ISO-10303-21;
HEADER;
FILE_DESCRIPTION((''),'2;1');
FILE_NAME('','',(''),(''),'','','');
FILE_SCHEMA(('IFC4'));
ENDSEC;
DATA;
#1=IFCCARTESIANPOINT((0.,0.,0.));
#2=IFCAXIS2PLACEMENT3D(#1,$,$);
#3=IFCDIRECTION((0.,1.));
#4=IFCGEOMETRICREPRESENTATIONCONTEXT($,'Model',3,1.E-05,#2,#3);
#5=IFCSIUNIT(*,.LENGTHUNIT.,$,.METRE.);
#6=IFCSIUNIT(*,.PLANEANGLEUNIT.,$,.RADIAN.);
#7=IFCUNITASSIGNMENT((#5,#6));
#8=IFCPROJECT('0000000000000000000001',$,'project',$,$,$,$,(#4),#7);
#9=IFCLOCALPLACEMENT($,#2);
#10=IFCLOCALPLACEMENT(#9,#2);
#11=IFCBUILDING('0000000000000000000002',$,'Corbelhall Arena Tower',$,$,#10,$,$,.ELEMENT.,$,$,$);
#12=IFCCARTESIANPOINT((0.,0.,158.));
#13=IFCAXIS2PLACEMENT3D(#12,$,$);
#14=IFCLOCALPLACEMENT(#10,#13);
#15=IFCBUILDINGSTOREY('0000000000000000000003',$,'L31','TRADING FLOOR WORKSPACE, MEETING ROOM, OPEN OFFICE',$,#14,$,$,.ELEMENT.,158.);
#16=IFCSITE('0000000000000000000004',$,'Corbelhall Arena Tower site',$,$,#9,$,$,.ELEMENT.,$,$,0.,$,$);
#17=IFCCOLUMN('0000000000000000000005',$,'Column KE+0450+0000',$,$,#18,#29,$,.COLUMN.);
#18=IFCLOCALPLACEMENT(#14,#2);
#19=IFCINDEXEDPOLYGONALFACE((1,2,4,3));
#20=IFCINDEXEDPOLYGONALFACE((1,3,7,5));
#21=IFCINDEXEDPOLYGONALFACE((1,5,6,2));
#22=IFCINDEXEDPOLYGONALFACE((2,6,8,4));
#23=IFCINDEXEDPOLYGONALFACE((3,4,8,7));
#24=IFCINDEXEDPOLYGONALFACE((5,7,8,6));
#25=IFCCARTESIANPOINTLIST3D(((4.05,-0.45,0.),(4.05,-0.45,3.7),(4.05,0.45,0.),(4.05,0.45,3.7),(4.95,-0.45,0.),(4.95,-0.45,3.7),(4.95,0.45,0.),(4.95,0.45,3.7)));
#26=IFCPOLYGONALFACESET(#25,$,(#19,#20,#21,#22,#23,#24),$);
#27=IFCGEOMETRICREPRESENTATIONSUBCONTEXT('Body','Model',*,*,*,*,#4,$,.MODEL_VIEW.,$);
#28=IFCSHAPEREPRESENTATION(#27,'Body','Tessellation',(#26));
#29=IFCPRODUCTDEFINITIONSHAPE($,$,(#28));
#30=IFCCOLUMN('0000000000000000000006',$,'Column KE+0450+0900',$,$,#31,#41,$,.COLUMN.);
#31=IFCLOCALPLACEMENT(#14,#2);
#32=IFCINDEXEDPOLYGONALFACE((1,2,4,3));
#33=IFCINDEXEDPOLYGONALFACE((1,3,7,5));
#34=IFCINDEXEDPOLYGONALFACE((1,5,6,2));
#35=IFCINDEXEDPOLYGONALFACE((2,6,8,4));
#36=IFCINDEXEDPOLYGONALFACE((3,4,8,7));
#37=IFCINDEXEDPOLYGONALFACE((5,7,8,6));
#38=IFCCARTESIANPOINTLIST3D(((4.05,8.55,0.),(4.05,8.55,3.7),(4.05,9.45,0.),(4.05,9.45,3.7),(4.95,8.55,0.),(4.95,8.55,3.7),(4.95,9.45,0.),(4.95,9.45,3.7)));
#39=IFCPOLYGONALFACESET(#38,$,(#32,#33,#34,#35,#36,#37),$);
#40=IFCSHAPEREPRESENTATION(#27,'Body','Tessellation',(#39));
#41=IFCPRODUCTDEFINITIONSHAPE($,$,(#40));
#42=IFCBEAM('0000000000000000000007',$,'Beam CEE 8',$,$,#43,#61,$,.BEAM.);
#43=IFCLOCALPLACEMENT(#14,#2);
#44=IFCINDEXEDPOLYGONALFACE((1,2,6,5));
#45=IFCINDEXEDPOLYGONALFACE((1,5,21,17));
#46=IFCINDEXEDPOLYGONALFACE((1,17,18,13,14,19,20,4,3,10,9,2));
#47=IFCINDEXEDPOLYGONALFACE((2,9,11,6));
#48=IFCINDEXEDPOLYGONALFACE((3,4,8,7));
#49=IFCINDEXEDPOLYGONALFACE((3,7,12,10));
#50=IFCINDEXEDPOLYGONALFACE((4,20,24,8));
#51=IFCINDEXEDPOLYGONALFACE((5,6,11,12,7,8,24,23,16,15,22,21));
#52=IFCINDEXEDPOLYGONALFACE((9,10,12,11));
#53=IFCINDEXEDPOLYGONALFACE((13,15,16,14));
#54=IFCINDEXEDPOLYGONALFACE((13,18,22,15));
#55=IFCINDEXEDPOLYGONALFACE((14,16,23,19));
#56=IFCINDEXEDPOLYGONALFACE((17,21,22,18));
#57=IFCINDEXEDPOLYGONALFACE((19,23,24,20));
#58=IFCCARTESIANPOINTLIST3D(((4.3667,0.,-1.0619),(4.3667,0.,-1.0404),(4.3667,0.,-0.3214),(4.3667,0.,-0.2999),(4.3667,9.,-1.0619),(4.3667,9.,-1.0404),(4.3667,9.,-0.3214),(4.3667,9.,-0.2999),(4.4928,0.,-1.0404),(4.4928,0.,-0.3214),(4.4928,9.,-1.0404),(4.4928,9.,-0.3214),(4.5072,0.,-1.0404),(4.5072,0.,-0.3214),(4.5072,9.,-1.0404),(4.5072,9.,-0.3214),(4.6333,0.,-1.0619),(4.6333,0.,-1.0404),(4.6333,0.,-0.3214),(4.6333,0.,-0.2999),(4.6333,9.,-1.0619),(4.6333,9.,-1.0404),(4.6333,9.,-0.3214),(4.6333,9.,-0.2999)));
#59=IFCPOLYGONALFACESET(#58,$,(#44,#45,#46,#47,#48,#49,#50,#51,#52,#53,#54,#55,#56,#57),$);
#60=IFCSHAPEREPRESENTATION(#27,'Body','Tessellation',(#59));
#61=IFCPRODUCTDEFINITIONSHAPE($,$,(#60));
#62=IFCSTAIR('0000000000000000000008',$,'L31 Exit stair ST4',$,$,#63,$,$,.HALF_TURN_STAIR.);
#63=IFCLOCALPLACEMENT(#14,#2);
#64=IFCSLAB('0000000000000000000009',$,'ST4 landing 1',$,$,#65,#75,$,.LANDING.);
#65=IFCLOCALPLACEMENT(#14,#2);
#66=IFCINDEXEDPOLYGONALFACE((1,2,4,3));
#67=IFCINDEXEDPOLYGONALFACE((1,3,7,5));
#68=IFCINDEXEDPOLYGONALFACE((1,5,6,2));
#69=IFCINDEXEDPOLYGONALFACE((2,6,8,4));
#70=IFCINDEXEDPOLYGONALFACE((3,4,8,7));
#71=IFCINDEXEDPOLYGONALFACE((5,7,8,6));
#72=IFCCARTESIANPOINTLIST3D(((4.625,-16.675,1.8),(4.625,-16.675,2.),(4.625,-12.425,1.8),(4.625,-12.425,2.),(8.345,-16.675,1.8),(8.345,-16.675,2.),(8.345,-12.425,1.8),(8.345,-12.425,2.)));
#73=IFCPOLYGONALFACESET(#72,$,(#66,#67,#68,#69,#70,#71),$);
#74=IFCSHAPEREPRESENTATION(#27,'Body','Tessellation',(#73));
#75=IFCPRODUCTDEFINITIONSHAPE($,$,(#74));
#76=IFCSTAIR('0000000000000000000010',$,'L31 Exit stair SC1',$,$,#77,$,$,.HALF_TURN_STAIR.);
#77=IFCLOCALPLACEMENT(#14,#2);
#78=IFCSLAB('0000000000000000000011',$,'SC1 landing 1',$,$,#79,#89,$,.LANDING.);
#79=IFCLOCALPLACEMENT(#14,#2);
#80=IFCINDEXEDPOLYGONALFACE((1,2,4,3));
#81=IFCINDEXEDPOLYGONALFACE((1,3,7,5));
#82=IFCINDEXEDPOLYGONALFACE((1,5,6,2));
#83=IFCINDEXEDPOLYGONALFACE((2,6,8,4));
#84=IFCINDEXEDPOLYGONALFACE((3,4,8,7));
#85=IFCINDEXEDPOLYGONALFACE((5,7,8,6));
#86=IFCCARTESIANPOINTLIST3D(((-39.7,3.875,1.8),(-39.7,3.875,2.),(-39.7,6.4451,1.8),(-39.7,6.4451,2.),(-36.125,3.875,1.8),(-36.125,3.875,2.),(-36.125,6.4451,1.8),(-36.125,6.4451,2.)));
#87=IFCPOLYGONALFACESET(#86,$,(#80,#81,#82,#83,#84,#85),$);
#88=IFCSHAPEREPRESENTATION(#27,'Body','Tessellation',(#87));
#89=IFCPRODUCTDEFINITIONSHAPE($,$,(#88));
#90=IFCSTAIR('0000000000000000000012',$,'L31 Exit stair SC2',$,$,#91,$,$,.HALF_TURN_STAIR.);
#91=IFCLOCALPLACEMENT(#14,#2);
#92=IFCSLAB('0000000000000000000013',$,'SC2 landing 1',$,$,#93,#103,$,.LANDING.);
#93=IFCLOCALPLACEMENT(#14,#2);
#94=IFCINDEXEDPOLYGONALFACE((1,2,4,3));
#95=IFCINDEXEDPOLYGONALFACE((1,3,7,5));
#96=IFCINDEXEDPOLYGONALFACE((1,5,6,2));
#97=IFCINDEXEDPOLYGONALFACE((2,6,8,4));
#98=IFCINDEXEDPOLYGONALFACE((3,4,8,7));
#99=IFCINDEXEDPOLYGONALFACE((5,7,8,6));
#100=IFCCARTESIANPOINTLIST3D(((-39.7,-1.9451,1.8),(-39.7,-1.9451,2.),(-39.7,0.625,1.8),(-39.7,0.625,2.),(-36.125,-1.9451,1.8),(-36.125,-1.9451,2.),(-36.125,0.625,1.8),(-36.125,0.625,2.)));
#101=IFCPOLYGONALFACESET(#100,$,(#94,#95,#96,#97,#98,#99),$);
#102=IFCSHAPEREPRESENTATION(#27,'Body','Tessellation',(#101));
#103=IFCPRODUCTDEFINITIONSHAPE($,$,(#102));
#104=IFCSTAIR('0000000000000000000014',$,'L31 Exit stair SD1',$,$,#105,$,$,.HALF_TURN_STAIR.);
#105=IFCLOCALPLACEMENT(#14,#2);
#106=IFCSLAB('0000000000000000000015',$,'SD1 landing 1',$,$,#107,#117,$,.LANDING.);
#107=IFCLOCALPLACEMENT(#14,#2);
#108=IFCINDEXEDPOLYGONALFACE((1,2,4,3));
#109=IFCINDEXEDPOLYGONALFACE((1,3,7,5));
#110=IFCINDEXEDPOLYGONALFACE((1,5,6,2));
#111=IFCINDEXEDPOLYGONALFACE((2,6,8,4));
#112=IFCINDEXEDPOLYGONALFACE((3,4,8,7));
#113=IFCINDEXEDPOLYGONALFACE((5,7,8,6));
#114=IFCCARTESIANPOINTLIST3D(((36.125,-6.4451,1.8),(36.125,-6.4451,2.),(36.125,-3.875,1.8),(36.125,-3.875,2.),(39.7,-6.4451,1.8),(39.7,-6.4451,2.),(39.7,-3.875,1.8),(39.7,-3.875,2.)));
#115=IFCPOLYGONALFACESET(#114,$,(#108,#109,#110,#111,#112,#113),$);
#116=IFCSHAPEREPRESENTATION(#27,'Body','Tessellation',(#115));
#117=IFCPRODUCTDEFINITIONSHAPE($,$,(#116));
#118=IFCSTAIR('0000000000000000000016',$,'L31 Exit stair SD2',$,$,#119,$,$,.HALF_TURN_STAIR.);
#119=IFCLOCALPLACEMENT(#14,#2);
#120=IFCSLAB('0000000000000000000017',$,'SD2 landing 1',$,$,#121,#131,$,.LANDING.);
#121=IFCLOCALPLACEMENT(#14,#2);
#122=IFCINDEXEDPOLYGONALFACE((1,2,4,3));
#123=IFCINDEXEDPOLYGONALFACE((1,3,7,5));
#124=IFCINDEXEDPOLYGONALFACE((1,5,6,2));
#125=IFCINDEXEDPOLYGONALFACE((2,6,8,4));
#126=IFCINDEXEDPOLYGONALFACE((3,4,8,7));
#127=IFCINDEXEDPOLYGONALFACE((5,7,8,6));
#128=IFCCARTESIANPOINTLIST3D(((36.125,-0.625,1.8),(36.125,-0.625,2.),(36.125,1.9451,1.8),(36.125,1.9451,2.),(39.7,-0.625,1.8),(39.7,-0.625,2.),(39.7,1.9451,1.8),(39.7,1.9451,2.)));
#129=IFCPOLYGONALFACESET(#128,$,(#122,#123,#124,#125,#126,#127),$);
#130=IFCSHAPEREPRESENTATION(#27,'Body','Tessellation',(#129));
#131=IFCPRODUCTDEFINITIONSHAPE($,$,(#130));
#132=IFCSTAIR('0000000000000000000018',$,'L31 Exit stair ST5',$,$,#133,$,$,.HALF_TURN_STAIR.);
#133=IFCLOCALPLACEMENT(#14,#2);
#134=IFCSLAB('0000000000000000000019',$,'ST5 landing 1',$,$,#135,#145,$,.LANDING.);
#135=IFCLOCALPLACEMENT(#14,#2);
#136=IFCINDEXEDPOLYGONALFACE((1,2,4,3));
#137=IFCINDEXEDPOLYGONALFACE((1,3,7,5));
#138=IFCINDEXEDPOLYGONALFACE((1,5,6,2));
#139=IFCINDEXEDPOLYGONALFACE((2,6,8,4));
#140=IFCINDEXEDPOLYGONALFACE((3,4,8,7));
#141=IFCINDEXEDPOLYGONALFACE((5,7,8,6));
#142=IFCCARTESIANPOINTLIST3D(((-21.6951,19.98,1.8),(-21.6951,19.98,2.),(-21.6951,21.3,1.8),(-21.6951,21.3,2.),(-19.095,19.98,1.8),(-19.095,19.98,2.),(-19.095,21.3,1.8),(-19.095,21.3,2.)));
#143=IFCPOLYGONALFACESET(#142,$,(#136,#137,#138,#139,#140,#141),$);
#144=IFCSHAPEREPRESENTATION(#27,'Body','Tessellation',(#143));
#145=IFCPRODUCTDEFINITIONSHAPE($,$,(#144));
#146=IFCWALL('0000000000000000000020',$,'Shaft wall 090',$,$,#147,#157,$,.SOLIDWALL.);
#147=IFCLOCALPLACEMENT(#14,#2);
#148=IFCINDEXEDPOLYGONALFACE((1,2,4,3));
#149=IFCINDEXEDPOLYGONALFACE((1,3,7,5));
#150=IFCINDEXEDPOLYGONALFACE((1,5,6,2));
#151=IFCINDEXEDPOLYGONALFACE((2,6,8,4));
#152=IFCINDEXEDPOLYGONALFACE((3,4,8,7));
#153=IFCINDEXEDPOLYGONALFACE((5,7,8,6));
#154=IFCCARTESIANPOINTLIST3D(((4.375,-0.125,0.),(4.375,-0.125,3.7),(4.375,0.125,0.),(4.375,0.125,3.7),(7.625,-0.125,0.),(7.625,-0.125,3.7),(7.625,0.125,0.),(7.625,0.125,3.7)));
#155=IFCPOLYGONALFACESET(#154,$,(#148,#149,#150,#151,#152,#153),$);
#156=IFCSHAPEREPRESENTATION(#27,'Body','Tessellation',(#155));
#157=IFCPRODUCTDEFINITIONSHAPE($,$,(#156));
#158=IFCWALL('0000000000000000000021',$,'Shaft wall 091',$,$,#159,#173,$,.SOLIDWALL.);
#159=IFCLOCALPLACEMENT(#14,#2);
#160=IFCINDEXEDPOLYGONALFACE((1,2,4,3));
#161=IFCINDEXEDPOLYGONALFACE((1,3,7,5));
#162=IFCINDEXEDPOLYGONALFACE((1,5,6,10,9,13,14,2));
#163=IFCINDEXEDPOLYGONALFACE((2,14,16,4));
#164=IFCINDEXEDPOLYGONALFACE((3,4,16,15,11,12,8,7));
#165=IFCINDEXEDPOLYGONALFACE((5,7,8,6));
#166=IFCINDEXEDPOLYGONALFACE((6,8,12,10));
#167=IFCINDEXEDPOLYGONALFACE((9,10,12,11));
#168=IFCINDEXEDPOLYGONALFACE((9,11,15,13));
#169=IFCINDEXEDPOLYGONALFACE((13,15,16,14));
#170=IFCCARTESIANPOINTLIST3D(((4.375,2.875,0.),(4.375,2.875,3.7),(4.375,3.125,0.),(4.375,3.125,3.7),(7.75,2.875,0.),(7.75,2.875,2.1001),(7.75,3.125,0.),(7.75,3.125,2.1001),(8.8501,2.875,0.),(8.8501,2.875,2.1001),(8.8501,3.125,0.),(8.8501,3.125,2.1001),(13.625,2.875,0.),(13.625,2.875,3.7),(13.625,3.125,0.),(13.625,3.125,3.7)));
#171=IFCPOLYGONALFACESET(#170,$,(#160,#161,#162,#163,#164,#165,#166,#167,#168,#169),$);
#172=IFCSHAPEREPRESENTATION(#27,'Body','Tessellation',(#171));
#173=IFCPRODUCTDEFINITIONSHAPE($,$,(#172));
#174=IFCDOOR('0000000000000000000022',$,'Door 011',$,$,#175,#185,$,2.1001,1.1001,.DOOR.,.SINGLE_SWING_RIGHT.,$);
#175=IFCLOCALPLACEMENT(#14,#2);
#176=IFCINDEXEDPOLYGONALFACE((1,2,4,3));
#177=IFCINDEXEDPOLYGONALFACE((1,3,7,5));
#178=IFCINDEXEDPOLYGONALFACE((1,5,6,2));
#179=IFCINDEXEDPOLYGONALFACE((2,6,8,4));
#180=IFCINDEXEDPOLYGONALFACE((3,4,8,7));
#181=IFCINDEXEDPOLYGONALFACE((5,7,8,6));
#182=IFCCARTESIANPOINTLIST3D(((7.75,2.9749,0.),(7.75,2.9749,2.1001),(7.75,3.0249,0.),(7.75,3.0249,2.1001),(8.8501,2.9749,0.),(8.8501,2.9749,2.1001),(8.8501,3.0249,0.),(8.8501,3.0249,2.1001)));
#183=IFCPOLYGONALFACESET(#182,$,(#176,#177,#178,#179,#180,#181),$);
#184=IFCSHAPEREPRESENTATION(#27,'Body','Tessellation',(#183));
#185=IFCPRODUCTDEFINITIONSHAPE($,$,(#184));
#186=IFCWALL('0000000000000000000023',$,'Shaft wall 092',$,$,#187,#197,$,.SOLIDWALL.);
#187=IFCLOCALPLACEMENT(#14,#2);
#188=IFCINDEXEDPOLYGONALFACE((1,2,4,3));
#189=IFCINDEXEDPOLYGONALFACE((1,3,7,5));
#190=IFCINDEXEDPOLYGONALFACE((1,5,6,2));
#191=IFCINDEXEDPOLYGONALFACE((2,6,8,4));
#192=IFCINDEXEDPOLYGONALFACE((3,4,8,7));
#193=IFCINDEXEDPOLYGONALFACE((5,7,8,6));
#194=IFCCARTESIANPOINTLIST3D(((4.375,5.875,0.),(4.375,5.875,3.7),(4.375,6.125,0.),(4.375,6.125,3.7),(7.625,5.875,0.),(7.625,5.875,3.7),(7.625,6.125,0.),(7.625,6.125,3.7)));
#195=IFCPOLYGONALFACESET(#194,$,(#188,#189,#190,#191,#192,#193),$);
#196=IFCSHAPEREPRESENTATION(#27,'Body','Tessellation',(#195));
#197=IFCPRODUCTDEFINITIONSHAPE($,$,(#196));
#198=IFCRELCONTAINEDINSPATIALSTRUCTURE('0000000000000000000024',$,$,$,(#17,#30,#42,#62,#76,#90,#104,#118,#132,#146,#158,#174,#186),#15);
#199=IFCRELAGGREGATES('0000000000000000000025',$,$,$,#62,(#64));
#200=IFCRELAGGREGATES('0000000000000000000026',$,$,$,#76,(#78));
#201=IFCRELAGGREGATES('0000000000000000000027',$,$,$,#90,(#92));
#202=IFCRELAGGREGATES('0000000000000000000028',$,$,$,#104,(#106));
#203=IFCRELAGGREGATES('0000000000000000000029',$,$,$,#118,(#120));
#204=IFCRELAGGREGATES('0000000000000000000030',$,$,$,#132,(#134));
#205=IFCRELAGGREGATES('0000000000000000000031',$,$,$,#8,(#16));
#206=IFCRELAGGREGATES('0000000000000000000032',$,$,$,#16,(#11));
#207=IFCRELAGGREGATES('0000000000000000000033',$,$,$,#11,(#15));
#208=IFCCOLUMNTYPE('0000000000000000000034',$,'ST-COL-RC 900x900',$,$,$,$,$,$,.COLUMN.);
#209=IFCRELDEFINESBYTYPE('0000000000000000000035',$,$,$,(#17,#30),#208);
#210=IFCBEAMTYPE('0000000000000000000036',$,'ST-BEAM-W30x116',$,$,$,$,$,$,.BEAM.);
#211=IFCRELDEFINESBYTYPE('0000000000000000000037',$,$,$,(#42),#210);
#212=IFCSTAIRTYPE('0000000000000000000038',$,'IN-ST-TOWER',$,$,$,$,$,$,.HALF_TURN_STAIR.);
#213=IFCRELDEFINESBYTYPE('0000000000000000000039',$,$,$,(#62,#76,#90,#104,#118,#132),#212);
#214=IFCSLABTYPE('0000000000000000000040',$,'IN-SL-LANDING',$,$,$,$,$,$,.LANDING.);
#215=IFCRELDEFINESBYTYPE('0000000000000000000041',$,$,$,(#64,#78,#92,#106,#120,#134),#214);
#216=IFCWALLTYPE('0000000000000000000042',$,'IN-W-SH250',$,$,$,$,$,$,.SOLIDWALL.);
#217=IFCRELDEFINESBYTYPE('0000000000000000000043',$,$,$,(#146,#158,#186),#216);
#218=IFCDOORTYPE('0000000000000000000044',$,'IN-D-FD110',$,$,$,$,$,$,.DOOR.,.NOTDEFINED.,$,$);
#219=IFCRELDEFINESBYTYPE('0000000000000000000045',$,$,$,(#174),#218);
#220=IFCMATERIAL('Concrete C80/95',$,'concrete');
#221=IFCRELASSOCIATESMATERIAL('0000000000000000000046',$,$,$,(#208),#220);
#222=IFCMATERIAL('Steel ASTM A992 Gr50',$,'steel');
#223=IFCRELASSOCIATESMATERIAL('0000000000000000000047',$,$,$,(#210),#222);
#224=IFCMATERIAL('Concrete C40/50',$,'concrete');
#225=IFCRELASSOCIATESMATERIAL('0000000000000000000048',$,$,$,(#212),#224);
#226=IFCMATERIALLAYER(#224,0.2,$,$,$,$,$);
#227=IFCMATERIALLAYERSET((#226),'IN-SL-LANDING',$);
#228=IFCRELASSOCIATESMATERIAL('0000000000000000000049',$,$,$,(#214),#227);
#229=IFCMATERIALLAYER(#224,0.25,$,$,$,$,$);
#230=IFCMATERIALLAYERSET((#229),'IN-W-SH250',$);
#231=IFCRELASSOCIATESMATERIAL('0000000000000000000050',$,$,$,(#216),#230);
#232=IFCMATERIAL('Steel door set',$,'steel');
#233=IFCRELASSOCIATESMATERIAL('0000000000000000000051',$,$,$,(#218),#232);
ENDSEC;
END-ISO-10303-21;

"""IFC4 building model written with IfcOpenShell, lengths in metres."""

from ifc_helpers import new_model, si_unit, direction, frame, frame_2d, origin, origin_2d, place, context, subcontext, project, spatial, polyline, rectangle, i_section, outline, extrude, material, layer, layer_set, material_profile, profile_set, type_object, element, fill, aggregate, save


model = new_model("IFC4")

# Units and contexts
model_context = context("Model", 3, precision=1e-05, world=origin(), true_north=direction((0.0, 1.0)))
body_context = subcontext(model_context, "Body", "Model", "MODEL_VIEW")
ifc_project = project(units=[si_unit("LENGTHUNIT", "METRE"), si_unit("PLANEANGLEUNIT", "RADIAN")], contexts=[model_context])

# Site, building, storey
site_placement = place(None, origin())
site = spatial("IfcSite", under=ifc_project, at=site_placement, Name="Corbelhall Arena Tower site", CompositionType="ELEMENT", RefElevation=0.0)
building_placement = place(site_placement, origin())
building = spatial("IfcBuilding", under=site, at=building_placement, Name="Corbelhall Arena Tower", CompositionType="ELEMENT")
storey_placement = place(building_placement, frame((0.0, 0.0, 158.0)))
storey = spatial("IfcBuildingStorey", under=building, at=storey_placement, Name="L31", Description="TRADING FLOOR WORKSPACE, MEETING ROOM, OPEN OFFICE", CompositionType="ELEMENT", Elevation=158.0)

# Columns
ifc_material_1 = material(Name="Concrete C80/95", Category="concrete")
ifc_material_profile_1 = material_profile(ifc_material_1, rectangle(XDim=0.8999, YDim=0.8999, at=origin_2d()))
ifc_profile_set_1 = profile_set([ifc_material_profile_1], Name="Concrete C80/95")
column_type = type_object("IfcColumnType", Name="ST-COL-RC 900x900", PredefinedType="COLUMN", material=ifc_profile_set_1)
for number, where, z_axis, x_axis, name in (
    (1, (4.5, 0.0, 0.0), (0.0, 0.0, 1.0), (1.0, 0.0, 0.0), "Column KE+0450+0000"),
    (2, (4.5, 9.0, 0.0), (0.0, 0.0, 1.0), (1.0, 0.0, 0.0), "Column KE+0450+0900"),
):
    element("IfcColumn", number, at=place(storey_placement, frame(where, z_axis=z_axis, x_axis=x_axis)), inside=storey, type_object=column_type, Name=name, PredefinedType="COLUMN", context=body_context, shape_type="SweptSolid", body=[
        extrude(rectangle(XDim=0.8999, YDim=0.8999, at=origin_2d()), origin(), (0.0, 0.0, 1.0), 3.7),
    ])

# Beam
ifc_material_2 = material(Name="Steel ASTM A992 Gr50", Category="steel")
ifc_material_profile_2 = material_profile(ifc_material_2, i_section(OverallWidth=0.2666, OverallDepth=0.762, WebThickness=0.0144, FlangeThickness=0.0215, at=origin_2d()))
ifc_profile_set_2 = profile_set([ifc_material_profile_2], Name="Steel ASTM A992 Gr50")
beam_type = type_object("IfcBeamType", Name="ST-BEAM-W30x116", PredefinedType="BEAM", material=ifc_profile_set_2)
beam_placement = place(storey_placement, frame((4.5, 0.0, -0.6809), z_axis=(0.0, 1.0, 0.0), x_axis=(-1.0, 0.0, 0.0)))
element("IfcBeam", 3, at=beam_placement, inside=storey, type_object=beam_type, Name="Beam CEE 8", PredefinedType="BEAM", context=body_context, shape_type="SweptSolid", body=[
    extrude(i_section(OverallWidth=0.2666, OverallDepth=0.762, WebThickness=0.0144, FlangeThickness=0.0215, at=origin_2d()), origin(), (0.0, 0.0, 1.0), 9.0),
])

# Stairs, slabs
ifc_material_3 = material(Name="Concrete C40/50", Category="concrete")
stair_type = type_object("IfcStairType", Name="IN-ST-TOWER", PredefinedType="HALF_TURN_STAIR", material=ifc_material_3)
stair_1_placement = place(storey_placement, origin())
stair_1 = element("IfcStair", 4, at=stair_1_placement, inside=storey, type_object=stair_type, Name="L31 Exit stair ST4", PredefinedType="HALF_TURN_STAIR")
ifc_layer_1 = layer(ifc_material_3, 0.2)
ifc_layer_set_1 = layer_set([ifc_layer_1], Name="IN-SL-LANDING")
slab_type = type_object("IfcSlabType", Name="IN-SL-LANDING", PredefinedType="LANDING", material=ifc_layer_set_1)
slab_1_placement = place(storey_placement, frame((0.0, 0.0, 1.8)))
slab_1 = element("IfcSlab", 5, at=slab_1_placement, type_object=slab_type, Name="ST4 landing 1", PredefinedType="LANDING", context=body_context, shape_type="SweptSolid", body=[
    extrude(outline(polyline([(8.345, -12.425), (4.625, -12.425), (4.625, -16.675), (8.345, -16.675), (8.345, -12.425)])), origin(), (0.0, 0.0, 1.0), 0.2),
])
aggregate(stair_1, [slab_1])
stair_2_placement = place(storey_placement, origin())
stair_2 = element("IfcStair", 6, at=stair_2_placement, inside=storey, type_object=stair_type, Name="L31 Exit stair SC1", PredefinedType="HALF_TURN_STAIR")
slab_2_placement = place(storey_placement, frame((0.0, 0.0, 1.8)))
slab_2 = element("IfcSlab", 7, at=slab_2_placement, type_object=slab_type, Name="SC1 landing 1", PredefinedType="LANDING", context=body_context, shape_type="SweptSolid", body=[
    extrude(outline(polyline([(-39.7, 6.4451), (-39.7, 3.875), (-36.125, 3.875), (-36.125, 6.4451), (-39.7, 6.4451)])), origin(), (0.0, 0.0, 1.0), 0.2),
])
aggregate(stair_2, [slab_2])
stair_3_placement = place(storey_placement, origin())
stair_3 = element("IfcStair", 8, at=stair_3_placement, inside=storey, type_object=stair_type, Name="L31 Exit stair SC2", PredefinedType="HALF_TURN_STAIR")
slab_3_placement = place(storey_placement, frame((0.0, 0.0, 1.8)))
slab_3 = element("IfcSlab", 9, at=slab_3_placement, type_object=slab_type, Name="SC2 landing 1", PredefinedType="LANDING", context=body_context, shape_type="SweptSolid", body=[
    extrude(outline(polyline([(-36.125, -1.9451), (-36.125, 0.625), (-39.7, 0.625), (-39.7, -1.9451), (-36.125, -1.9451)])), origin(), (0.0, 0.0, 1.0), 0.2),
])
aggregate(stair_3, [slab_3])
stair_4_placement = place(storey_placement, origin())
stair_4 = element("IfcStair", 10, at=stair_4_placement, inside=storey, type_object=stair_type, Name="L31 Exit stair SD1", PredefinedType="HALF_TURN_STAIR")
slab_4_placement = place(storey_placement, frame((0.0, 0.0, 1.8)))
slab_4 = element("IfcSlab", 11, at=slab_4_placement, type_object=slab_type, Name="SD1 landing 1", PredefinedType="LANDING", context=body_context, shape_type="SweptSolid", body=[
    extrude(outline(polyline([(39.7, -6.4451), (39.7, -3.875), (36.125, -3.875), (36.125, -6.4451), (39.7, -6.4451)])), origin(), (0.0, 0.0, 1.0), 0.2),
])
aggregate(stair_4, [slab_4])
stair_5_placement = place(storey_placement, origin())
stair_5 = element("IfcStair", 12, at=stair_5_placement, inside=storey, type_object=stair_type, Name="L31 Exit stair SD2", PredefinedType="HALF_TURN_STAIR")
slab_5_placement = place(storey_placement, frame((0.0, 0.0, 1.8)))
slab_5 = element("IfcSlab", 13, at=slab_5_placement, type_object=slab_type, Name="SD2 landing 1", PredefinedType="LANDING", context=body_context, shape_type="SweptSolid", body=[
    extrude(outline(polyline([(36.125, 1.9451), (36.125, -0.625), (39.7, -0.625), (39.7, 1.9451), (36.125, 1.9451)])), origin(), (0.0, 0.0, 1.0), 0.2),
])
aggregate(stair_5, [slab_5])
stair_6_placement = place(storey_placement, origin())
stair_6 = element("IfcStair", 14, at=stair_6_placement, inside=storey, type_object=stair_type, Name="L31 Exit stair ST5", PredefinedType="HALF_TURN_STAIR")
slab_6_placement = place(storey_placement, frame((0.0, 0.0, 1.8)))
slab_6 = element("IfcSlab", 15, at=slab_6_placement, type_object=slab_type, Name="ST5 landing 1", PredefinedType="LANDING", context=body_context, shape_type="SweptSolid", body=[
    extrude(outline(polyline([(-19.095, 19.98), (-19.095, 21.3), (-21.6951, 21.3), (-21.6951, 19.98), (-19.095, 19.98)])), origin(), (0.0, 0.0, 1.0), 0.2),
])
aggregate(stair_6, [slab_6])

# Wall
ifc_layer_2 = layer(ifc_material_3, 0.25)
ifc_layer_set_2 = layer_set([ifc_layer_2], Name="IN-W-SH250")
wall_type_1 = type_object("IfcWallType", Name="IN-W-SH250", PredefinedType="SOLIDWALL", material=ifc_layer_set_2)
wall_1_placement = place(storey_placement, frame((4.375, 0.0, 0.0), z_axis=(0.0, 0.0, 1.0), x_axis=(1.0, 0.0, 0.0)))
element("IfcWall", 16, at=wall_1_placement, inside=storey, type_object=wall_type_1, Name="Shaft wall 090", PredefinedType="SOLIDWALL", context=body_context, shape_type="SweptSolid", body=[
    extrude(rectangle(XDim=3.25, YDim=0.25, at=frame_2d((1.625, 0.0))), origin(), (0.0, 0.0, 1.0), 3.7),
])

# Wall, opening, door
wall_2_placement = place(storey_placement, frame((4.375, 3.0, 0.0), z_axis=(0.0, 0.0, 1.0), x_axis=(1.0, 0.0, 0.0)))
wall_2 = element("IfcWall", 17, at=wall_2_placement, inside=storey, type_object=wall_type_1, Name="Shaft wall 091", PredefinedType="SOLIDWALL", context=body_context, shape_type="SweptSolid", body=[
    extrude(rectangle(XDim=9.25, YDim=0.25, at=frame_2d((4.625, 0.0))), origin(), (0.0, 0.0, 1.0), 3.7),
])
opening_1_placement = place(wall_2_placement, frame((3.375, 0.0, 0.0)))
opening_1 = element("IfcOpeningElement", 18, at=opening_1_placement, cuts=wall_2, PredefinedType="OPENING", context=body_context, shape_type="SweptSolid", body=[
    extrude(rectangle(XDim=1.1001, YDim=2.1001, at=frame_2d((0.55, 1.05))), frame((0.0, 0.125, 0.0), z_axis=(0.0, -1.0, 0.0), x_axis=(1.0, 0.0, 0.0)), (0.0, 0.0, 1.0), 0.25),
])
ifc_material_4 = material(Name="Steel door set", Category="steel")
door_type_1 = type_object("IfcDoorType", Name="IN-D-FD110", OperationType="NOTDEFINED", PredefinedType="DOOR", material=ifc_material_4)
door_1_placement = place(opening_1_placement, origin())
door_1 = element("IfcDoor", 19, at=door_1_placement, inside=storey, type_object=door_type_1, Name="Door 011", OperationType="SINGLE_SWING_RIGHT", OverallHeight=2.1001, OverallWidth=1.1001, PredefinedType="DOOR", context=body_context, shape_type="SweptSolid", body=[
    extrude(rectangle(XDim=1.1001, YDim=2.1001, at=frame_2d((0.55, 1.05))), frame((0.0, 0.0249, 0.0), z_axis=(0.0, -1.0, 0.0), x_axis=(1.0, 0.0, 0.0)), (0.0, 0.0, 1.0), 0.05),
])
fill(opening_1, door_1)

# Wall
wall_3_placement = place(storey_placement, frame((4.375, 6.0, 0.0), z_axis=(0.0, 0.0, 1.0), x_axis=(1.0, 0.0, 0.0)))
element("IfcWall", 20, at=wall_3_placement, inside=storey, type_object=wall_type_1, Name="Shaft wall 092", PredefinedType="SOLIDWALL", context=body_context, shape_type="SweptSolid", body=[
    extrude(rectangle(XDim=3.25, YDim=0.25, at=frame_2d((1.625, 0.0))), origin(), (0.0, 0.0, 1.0), 3.7),
])

save(model, "model.ifc")
